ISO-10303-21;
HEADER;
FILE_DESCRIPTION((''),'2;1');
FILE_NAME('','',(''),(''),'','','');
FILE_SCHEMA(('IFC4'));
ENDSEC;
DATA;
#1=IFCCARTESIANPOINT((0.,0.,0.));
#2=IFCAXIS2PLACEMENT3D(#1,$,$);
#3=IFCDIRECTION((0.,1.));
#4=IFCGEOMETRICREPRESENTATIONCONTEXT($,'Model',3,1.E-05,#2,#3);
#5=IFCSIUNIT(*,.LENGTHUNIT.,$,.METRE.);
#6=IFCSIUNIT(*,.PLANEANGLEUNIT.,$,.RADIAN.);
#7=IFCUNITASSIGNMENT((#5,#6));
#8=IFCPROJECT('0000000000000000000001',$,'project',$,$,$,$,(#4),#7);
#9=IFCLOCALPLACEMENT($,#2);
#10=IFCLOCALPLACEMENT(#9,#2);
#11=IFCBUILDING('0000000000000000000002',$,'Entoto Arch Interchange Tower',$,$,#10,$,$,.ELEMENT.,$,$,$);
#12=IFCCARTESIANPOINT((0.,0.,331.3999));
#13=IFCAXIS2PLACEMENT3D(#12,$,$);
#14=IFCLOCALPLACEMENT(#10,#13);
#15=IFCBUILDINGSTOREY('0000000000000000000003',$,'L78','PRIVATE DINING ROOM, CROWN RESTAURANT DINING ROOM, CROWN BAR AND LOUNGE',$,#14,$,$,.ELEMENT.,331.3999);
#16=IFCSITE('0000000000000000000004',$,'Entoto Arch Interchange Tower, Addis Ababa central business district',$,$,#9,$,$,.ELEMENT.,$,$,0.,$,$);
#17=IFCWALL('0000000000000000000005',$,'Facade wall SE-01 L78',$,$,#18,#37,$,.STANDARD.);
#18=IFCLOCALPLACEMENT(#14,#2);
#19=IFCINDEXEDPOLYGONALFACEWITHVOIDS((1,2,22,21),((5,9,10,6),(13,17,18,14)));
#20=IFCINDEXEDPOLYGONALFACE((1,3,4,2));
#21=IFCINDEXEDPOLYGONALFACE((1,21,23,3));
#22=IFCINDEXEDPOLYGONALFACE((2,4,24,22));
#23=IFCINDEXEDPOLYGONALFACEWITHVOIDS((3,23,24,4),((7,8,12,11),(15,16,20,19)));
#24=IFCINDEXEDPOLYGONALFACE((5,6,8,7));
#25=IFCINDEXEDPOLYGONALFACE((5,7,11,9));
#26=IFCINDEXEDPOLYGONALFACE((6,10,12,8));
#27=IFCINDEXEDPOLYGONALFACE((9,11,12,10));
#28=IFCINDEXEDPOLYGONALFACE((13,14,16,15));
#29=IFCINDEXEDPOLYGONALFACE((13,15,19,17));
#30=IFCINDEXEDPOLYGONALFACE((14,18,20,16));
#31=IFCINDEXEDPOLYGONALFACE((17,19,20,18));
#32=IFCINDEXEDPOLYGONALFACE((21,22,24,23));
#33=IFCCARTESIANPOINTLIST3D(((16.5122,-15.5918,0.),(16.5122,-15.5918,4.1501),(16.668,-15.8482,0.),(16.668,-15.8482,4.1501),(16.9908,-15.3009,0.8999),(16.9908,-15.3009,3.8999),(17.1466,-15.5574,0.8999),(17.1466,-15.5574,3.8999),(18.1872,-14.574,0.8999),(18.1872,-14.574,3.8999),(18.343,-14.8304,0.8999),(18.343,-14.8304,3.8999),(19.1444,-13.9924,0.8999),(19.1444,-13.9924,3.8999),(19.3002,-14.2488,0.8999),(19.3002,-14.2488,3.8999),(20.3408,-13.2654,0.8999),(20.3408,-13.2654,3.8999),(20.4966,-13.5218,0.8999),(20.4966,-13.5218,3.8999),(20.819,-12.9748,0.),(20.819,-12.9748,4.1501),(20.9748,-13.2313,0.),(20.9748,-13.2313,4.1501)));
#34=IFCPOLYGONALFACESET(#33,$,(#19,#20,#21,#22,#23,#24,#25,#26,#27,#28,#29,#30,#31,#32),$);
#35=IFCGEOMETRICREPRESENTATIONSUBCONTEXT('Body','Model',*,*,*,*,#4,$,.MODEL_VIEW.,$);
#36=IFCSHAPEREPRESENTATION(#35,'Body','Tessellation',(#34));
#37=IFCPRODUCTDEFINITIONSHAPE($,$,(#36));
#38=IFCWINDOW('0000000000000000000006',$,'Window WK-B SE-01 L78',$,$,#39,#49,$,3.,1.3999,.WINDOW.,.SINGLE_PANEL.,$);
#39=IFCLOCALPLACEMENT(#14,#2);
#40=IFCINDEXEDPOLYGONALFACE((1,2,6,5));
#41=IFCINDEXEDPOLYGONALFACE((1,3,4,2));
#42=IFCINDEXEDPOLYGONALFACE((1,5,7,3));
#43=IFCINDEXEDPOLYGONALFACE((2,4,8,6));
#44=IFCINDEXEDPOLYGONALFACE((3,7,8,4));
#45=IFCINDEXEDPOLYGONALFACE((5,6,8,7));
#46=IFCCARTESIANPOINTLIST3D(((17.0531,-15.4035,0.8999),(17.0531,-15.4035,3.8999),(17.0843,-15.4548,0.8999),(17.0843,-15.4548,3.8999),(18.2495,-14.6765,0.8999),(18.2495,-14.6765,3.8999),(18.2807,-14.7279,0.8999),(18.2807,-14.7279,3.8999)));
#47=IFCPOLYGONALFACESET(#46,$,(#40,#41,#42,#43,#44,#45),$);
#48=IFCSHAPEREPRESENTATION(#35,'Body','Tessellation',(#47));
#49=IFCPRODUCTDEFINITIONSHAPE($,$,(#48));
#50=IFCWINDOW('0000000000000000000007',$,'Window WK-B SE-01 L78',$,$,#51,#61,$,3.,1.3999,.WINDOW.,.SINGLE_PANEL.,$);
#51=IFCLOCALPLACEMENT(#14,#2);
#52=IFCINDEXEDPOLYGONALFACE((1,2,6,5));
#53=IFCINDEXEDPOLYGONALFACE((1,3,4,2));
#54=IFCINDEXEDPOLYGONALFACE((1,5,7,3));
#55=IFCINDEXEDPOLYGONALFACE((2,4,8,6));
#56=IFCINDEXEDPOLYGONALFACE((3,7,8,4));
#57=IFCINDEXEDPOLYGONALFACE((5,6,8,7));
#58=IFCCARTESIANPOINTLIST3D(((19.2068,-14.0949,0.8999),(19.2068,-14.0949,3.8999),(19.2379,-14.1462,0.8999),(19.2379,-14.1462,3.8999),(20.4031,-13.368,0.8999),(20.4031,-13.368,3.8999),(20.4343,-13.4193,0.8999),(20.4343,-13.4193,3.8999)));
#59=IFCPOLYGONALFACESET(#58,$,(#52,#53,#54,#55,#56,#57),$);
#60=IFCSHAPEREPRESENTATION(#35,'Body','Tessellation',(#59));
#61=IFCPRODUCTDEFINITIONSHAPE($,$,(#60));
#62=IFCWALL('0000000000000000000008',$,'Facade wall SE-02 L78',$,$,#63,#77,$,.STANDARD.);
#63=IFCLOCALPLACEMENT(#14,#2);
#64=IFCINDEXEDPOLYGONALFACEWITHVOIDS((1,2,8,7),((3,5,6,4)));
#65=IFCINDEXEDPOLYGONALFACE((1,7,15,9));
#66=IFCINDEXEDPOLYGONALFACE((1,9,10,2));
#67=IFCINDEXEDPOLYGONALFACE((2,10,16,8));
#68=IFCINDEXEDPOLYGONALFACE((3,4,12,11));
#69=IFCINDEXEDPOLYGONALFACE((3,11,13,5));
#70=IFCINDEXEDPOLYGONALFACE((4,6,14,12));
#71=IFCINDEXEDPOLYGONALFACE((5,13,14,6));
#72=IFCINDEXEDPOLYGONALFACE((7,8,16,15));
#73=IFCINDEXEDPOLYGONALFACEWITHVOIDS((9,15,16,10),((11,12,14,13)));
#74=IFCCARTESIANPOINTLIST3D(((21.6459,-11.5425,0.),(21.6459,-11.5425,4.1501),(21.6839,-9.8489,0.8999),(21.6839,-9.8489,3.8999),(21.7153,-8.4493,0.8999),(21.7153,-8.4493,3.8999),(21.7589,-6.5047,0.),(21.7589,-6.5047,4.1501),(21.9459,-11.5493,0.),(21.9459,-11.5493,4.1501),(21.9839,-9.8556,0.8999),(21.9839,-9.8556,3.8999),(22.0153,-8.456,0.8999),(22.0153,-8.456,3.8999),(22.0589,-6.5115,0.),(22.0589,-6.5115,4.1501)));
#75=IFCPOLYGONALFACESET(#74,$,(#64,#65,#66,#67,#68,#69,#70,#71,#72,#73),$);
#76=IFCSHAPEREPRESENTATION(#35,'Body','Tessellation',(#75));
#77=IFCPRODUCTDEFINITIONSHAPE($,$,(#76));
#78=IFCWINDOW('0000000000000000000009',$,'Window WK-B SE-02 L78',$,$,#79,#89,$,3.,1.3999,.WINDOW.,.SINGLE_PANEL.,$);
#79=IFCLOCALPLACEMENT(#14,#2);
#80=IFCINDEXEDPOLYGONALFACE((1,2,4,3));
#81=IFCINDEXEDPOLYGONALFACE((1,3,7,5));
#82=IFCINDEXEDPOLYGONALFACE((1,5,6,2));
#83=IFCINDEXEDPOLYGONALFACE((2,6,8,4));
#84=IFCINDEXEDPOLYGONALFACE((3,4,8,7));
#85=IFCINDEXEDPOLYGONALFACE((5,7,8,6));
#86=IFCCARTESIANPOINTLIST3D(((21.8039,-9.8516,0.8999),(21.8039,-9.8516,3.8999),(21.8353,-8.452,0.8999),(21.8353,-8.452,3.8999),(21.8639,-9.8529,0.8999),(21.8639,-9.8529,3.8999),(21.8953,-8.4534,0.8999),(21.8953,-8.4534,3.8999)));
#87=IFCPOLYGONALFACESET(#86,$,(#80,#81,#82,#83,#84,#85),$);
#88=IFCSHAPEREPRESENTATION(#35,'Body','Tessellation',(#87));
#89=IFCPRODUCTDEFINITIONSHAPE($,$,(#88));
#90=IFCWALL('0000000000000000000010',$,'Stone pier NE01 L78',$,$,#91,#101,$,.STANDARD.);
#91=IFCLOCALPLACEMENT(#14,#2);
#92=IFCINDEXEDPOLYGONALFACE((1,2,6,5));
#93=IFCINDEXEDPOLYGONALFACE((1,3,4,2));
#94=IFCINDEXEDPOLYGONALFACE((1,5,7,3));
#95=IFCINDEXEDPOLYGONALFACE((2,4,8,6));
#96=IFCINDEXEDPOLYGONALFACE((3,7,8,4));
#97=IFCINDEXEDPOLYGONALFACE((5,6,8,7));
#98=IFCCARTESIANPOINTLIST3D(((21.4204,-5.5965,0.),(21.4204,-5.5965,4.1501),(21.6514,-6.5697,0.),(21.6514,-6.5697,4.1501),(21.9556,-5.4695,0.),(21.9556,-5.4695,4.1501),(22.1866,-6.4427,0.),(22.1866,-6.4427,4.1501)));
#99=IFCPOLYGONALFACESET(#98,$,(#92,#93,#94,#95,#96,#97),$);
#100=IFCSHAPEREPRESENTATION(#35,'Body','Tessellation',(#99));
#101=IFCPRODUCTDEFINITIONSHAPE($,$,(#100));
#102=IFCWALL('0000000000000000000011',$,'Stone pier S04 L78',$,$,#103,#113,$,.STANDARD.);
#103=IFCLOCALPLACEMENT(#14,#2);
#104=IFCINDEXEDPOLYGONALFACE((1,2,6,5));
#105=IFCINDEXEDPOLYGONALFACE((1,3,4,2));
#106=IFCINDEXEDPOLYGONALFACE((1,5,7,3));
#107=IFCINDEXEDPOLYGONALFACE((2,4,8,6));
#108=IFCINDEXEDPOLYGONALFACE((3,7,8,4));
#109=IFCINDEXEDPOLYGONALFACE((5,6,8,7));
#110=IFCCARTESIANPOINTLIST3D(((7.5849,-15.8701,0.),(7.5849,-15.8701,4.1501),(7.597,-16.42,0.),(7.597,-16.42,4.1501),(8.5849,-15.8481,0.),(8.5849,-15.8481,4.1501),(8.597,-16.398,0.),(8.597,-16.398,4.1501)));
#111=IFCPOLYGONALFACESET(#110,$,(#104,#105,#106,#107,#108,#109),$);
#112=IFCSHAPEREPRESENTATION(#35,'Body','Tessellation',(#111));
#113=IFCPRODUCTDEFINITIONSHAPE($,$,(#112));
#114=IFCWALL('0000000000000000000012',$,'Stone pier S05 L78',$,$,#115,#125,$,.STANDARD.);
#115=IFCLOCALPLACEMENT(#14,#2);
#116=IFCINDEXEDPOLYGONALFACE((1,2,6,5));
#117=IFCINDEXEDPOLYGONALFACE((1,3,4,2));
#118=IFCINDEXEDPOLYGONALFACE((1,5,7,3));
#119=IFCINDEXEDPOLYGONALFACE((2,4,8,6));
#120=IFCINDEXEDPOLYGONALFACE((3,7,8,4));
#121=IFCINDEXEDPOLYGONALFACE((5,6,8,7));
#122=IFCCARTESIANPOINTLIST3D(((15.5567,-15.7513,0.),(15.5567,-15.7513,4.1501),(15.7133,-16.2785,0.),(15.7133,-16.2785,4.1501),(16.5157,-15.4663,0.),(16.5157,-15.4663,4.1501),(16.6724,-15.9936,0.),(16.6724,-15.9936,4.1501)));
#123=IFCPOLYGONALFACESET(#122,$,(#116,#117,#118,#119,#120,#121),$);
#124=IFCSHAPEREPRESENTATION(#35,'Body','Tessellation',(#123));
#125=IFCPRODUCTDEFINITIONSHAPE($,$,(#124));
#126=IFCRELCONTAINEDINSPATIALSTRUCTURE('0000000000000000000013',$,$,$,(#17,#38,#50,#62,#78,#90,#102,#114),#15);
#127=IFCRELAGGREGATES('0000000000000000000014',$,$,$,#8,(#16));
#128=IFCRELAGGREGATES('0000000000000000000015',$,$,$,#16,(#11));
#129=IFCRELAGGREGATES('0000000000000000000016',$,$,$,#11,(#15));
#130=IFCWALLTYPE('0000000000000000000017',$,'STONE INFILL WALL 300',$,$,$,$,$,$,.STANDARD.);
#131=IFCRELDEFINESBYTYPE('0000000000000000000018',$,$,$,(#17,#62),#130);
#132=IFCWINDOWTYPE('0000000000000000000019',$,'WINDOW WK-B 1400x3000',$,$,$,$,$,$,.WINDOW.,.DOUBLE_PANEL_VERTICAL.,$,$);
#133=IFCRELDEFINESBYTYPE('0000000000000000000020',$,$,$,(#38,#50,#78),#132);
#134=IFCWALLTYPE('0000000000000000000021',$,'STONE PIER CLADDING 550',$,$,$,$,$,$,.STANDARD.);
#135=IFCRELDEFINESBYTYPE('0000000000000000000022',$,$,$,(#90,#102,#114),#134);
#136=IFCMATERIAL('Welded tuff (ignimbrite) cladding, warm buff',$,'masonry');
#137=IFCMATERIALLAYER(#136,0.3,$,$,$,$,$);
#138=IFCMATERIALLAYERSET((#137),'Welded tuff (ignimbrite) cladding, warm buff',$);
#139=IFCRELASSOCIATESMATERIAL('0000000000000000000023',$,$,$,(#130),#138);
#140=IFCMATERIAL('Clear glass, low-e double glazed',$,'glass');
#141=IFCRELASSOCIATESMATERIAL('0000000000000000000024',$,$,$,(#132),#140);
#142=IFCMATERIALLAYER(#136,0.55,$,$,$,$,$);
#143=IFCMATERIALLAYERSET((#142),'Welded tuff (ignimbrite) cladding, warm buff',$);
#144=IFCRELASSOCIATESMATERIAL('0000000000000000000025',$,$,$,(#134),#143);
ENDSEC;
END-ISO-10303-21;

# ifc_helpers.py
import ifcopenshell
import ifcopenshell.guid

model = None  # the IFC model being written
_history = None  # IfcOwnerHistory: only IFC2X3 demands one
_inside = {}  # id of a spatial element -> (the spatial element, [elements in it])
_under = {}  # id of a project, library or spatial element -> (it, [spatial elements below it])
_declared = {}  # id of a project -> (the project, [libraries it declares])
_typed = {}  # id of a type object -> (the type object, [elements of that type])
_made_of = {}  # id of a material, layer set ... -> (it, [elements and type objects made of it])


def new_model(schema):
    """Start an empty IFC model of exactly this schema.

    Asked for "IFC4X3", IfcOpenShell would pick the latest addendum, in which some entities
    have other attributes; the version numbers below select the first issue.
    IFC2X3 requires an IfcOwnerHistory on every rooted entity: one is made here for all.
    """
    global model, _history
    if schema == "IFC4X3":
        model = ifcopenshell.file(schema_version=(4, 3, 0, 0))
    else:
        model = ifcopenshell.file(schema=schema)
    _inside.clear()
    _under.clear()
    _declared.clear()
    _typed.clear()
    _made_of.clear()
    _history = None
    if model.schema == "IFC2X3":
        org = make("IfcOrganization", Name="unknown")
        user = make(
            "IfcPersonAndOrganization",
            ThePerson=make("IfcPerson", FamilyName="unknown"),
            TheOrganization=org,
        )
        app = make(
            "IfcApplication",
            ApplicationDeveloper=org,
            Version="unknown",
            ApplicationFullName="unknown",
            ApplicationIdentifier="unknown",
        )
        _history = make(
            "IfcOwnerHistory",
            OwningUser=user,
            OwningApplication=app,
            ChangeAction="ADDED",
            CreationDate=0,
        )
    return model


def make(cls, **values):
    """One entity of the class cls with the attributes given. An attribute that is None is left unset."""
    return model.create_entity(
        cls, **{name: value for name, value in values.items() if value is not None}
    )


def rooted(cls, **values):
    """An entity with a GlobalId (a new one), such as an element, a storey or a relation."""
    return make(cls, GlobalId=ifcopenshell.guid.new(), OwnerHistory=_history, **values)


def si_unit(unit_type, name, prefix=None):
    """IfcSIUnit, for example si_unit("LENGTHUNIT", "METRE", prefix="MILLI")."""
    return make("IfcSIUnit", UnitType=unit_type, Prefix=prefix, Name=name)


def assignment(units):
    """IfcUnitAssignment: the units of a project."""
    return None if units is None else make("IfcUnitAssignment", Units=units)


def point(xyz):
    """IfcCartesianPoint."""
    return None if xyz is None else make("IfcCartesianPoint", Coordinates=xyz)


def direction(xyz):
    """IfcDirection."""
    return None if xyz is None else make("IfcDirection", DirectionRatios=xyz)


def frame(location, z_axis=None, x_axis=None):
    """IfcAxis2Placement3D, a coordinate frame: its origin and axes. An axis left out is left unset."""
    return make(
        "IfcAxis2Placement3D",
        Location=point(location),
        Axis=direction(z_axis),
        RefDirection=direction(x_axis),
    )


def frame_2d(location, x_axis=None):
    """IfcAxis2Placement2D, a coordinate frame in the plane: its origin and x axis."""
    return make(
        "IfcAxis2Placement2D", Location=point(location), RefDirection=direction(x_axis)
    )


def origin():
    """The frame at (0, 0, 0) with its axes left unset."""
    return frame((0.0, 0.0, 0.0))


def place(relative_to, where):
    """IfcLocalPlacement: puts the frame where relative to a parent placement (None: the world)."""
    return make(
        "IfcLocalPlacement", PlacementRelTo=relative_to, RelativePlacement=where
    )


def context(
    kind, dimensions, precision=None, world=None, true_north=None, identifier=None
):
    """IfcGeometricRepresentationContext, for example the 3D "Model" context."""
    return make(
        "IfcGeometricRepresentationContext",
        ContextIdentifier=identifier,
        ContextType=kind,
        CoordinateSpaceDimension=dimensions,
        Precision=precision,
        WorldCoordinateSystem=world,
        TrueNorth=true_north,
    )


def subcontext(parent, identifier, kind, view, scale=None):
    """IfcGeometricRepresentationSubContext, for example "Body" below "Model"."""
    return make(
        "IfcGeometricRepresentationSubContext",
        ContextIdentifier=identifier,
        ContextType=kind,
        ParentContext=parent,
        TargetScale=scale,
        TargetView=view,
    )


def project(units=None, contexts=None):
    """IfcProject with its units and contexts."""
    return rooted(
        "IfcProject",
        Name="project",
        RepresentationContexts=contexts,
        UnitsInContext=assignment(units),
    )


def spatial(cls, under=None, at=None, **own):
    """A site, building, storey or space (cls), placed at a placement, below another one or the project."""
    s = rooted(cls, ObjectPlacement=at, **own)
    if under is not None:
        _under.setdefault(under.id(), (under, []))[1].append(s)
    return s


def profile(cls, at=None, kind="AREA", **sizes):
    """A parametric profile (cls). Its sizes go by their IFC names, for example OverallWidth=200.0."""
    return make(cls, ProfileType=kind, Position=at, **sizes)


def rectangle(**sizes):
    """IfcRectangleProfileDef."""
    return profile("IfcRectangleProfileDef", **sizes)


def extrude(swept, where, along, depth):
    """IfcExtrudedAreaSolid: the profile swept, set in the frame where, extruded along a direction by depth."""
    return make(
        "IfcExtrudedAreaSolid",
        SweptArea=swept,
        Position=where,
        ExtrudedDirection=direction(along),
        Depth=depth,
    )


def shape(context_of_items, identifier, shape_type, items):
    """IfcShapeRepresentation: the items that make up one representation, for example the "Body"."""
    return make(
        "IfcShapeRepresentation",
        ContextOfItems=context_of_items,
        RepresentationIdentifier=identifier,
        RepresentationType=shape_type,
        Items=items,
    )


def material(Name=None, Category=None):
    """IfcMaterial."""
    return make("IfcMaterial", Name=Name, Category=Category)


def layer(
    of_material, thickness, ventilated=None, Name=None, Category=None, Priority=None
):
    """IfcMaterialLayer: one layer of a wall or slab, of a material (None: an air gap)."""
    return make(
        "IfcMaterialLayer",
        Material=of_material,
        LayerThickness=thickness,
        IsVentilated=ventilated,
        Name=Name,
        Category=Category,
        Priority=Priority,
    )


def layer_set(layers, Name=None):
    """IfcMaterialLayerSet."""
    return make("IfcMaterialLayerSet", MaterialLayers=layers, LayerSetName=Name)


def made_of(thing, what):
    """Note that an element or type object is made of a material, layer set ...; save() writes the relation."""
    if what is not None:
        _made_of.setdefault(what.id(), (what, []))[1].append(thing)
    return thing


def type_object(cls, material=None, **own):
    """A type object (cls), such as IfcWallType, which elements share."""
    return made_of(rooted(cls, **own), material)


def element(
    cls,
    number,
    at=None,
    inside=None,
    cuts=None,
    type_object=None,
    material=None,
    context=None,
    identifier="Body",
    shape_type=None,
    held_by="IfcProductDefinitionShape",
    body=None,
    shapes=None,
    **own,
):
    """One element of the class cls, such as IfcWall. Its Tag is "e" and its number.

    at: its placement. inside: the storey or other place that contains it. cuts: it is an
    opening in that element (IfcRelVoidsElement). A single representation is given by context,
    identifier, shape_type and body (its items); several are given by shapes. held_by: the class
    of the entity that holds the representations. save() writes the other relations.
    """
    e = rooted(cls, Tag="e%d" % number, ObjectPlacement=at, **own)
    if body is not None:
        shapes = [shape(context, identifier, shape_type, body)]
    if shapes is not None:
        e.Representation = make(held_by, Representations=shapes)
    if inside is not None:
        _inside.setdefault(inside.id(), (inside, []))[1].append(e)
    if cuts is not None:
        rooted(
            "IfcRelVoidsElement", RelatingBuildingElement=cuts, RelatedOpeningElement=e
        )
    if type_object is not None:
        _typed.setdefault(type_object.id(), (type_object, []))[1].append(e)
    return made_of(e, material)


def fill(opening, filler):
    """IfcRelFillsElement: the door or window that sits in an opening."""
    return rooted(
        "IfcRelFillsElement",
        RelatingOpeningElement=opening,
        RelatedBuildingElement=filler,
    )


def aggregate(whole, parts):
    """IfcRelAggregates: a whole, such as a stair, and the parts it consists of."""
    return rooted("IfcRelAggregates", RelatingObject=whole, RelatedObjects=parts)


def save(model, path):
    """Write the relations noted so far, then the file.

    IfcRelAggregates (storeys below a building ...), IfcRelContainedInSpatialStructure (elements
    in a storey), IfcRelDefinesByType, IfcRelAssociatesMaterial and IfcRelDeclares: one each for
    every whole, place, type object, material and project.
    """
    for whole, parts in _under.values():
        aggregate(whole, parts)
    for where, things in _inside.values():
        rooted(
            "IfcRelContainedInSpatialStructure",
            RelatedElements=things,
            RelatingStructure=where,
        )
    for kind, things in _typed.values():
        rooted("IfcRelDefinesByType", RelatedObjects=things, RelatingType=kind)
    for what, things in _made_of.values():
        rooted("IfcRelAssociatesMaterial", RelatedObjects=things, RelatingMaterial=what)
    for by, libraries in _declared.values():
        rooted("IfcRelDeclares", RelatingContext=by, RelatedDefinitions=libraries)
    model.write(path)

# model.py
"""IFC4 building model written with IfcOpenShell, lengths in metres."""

from ifc_helpers import new_model, si_unit, direction, frame, frame_2d, origin, place, context, subcontext, project, spatial, rectangle, extrude, material, layer, layer_set, type_object, element, fill, save


model = new_model("IFC4")

# Units and contexts
model_context = context("Model", 3, precision=1e-05, world=origin(), true_north=direction((0.0, 1.0)))
body_context = subcontext(model_context, "Body", "Model", "MODEL_VIEW")
ifc_project = project(units=[si_unit("LENGTHUNIT", "METRE"), si_unit("PLANEANGLEUNIT", "RADIAN")], contexts=[model_context])

# Site, building, storey
site_placement = place(None, origin())
site = spatial("IfcSite", under=ifc_project, at=site_placement, Name="Entoto Arch Interchange Tower, Addis Ababa central business district", CompositionType="ELEMENT", RefElevation=0.0)
building_placement = place(site_placement, origin())
building = spatial("IfcBuilding", under=site, at=building_placement, Name="Entoto Arch Interchange Tower", CompositionType="ELEMENT")
storey_placement = place(building_placement, frame((0.0, 0.0, 331.3999)))
storey = spatial("IfcBuildingStorey", under=building, at=storey_placement, Name="L78", Description="PRIVATE DINING ROOM, CROWN RESTAURANT DINING ROOM, CROWN BAR AND LOUNGE", CompositionType="ELEMENT", Elevation=331.3999)

# Wall, openings, windows
ifc_material_1 = material(Name="Welded tuff (ignimbrite) cladding, warm buff", Category="masonry")
ifc_layer_1 = layer(ifc_material_1, 0.3)
ifc_layer_set_1 = layer_set([ifc_layer_1], Name="Welded tuff (ignimbrite) cladding, warm buff")
wall_type_1 = type_object("IfcWallType", Name="STONE INFILL WALL 300", PredefinedType="STANDARD", material=ifc_layer_set_1)
ifc_material_2 = material(Name="Clear glass, low-e double glazed", Category="glass")
wall_1_placement = place(storey_placement, frame((16.5901, -15.72, 0.0), z_axis=(0.0, 0.0, 1.0), x_axis=(0.854607, 0.519275, 0.0)))
wall_1 = element("IfcWall", 1, at=wall_1_placement, inside=storey, type_object=wall_type_1, Name="Facade wall SE-01 L78", PredefinedType="STANDARD", context=body_context, shape_type="SweptSolid", body=[
    extrude(rectangle(XDim=5.0396, YDim=0.3, at=frame_2d((2.5198, 0.0))), origin(), (0.0, 0.0, 1.0), 4.1501),
])
opening_1_placement = place(wall_1_placement, frame((0.5601, 0.0, 0.8999)))
opening_1 = element("IfcOpeningElement", 2, at=opening_1_placement, cuts=wall_1, PredefinedType="OPENING", context=body_context, shape_type="SweptSolid", body=[
    extrude(rectangle(XDim=1.3999, YDim=3.0, at=frame_2d((0.7, 1.5))), frame((0.0, 0.1602, 0.0), z_axis=(0.0, -1.0, 0.0), x_axis=(1.0, 0.0, 0.0)), (0.0, 0.0, 1.0), 0.3201),
])
opening_2_placement = place(wall_1_placement, frame((3.0801, 0.0, 0.8999)))
opening_2 = element("IfcOpeningElement", 3, at=opening_2_placement, cuts=wall_1, PredefinedType="OPENING", context=body_context, shape_type="SweptSolid", body=[
    extrude(rectangle(XDim=1.3999, YDim=3.0, at=frame_2d((0.7, 1.5))), frame((0.0, 0.1602, 0.0), z_axis=(0.0, -1.0, 0.0), x_axis=(1.0, 0.0, 0.0)), (0.0, 0.0, 1.0), 0.3201),
])
window_type_1 = type_object("IfcWindowType", Name="WINDOW WK-B 1400x3000", PartitioningType="DOUBLE_PANEL_VERTICAL", PredefinedType="WINDOW", material=ifc_material_2)
window_1_placement = place(opening_1_placement, origin())
window_1 = element("IfcWindow", 4, at=window_1_placement, inside=storey, type_object=window_type_1, Name="Window WK-B SE-01 L78", OverallHeight=3.0, OverallWidth=1.3999, PartitioningType="SINGLE_PANEL", PredefinedType="WINDOW", context=body_context, shape_type="SweptSolid", body=[
    extrude(rectangle(XDim=1.3999, YDim=3.0, at=frame_2d((0.7, 1.5))), frame((0.0, 0.03, 0.0), z_axis=(0.0, -1.0, 0.0), x_axis=(1.0, 0.0, 0.0)), (0.0, 0.0, 1.0), 0.0601),
])
fill(opening_1, window_1)
window_2_placement = place(opening_2_placement, origin())
window_2 = element("IfcWindow", 5, at=window_2_placement, inside=storey, type_object=window_type_1, Name="Window WK-B SE-01 L78", OverallHeight=3.0, OverallWidth=1.3999, PartitioningType="SINGLE_PANEL", PredefinedType="WINDOW", context=body_context, shape_type="SweptSolid", body=[
    extrude(rectangle(XDim=1.3999, YDim=3.0, at=frame_2d((0.7, 1.5))), frame((0.0, 0.03, 0.0), z_axis=(0.0, -1.0, 0.0), x_axis=(1.0, 0.0, 0.0)), (0.0, 0.0, 1.0), 0.0601),
])
fill(opening_2, window_2)

# Wall, opening, window
wall_2_placement = place(storey_placement, frame((21.7959, -11.5459, 0.0), z_axis=(0.0, 0.0, 1.0), x_axis=(0.022432, 0.999748, 0.0)))
wall_2 = element("IfcWall", 6, at=wall_2_placement, inside=storey, type_object=wall_type_1, Name="Facade wall SE-02 L78", PredefinedType="STANDARD", context=body_context, shape_type="SweptSolid", body=[
    extrude(rectangle(XDim=5.0391, YDim=0.3, at=frame_2d((2.5195, 0.0))), origin(), (0.0, 0.0, 1.0), 4.1501),
])
opening_3_placement = place(wall_2_placement, frame((1.6941, 0.0, 0.8999)))
opening_3 = element("IfcOpeningElement", 7, at=opening_3_placement, cuts=wall_2, PredefinedType="OPENING", context=body_context, shape_type="SweptSolid", body=[
    extrude(rectangle(XDim=1.3999, YDim=3.0, at=frame_2d((0.7, 1.5))), frame((0.0, 0.1602, 0.0), z_axis=(0.0, -1.0, 0.0), x_axis=(1.0, 0.0, 0.0)), (0.0, 0.0, 1.0), 0.3201),
])
window_3_placement = place(opening_3_placement, origin())
window_3 = element("IfcWindow", 8, at=window_3_placement, inside=storey, type_object=window_type_1, Name="Window WK-B SE-02 L78", OverallHeight=3.0, OverallWidth=1.3999, PartitioningType="SINGLE_PANEL", PredefinedType="WINDOW", context=body_context, shape_type="SweptSolid", body=[
    extrude(rectangle(XDim=1.3999, YDim=3.0, at=frame_2d((0.7, 1.5))), frame((0.0, 0.03, 0.0), z_axis=(0.0, -1.0, 0.0), x_axis=(1.0, 0.0, 0.0)), (0.0, 0.0, 1.0), 0.0601),
])
fill(opening_3, window_3)

# Walls
ifc_layer_2 = layer(ifc_material_1, 0.55)
ifc_layer_set_2 = layer_set([ifc_layer_2], Name="Welded tuff (ignimbrite) cladding, warm buff")
wall_type_2 = type_object("IfcWallType", Name="STONE PIER CLADDING 550", PredefinedType="STANDARD", material=ifc_layer_set_2)
for number, where, z_axis, x_axis, name in (
    (9, (21.9189, -6.5061, 0.0), (0.0, 0.0, 1.0), (-0.230916, 0.972974, 0.0), "Stone pier NE01 L78"),
    (10, (7.5911, -16.145, 0.0), (0.0, 0.0, 1.0), (0.999759, 0.021967, 0.0), "Stone pier S04 L78"),
):
    element("IfcWall", number, at=place(storey_placement, frame(where, z_axis=z_axis, x_axis=x_axis)), inside=storey, type_object=wall_type_2, Name=name, PredefinedType="STANDARD", context=body_context, shape_type="SweptSolid", body=[
        extrude(rectangle(XDim=1.0002, YDim=0.55, at=frame_2d((0.5, 0.0))), origin(), (0.0, 0.0, 1.0), 4.1501),
    ])
wall_3_placement = place(storey_placement, frame((15.635, -16.0149, 0.0), z_axis=(0.0, 0.0, 1.0), x_axis=(0.958589, 0.284795, 0.0)))
element("IfcWall", 11, at=wall_3_placement, inside=storey, type_object=wall_type_2, Name="Stone pier S05 L78", PredefinedType="STANDARD", context=body_context, shape_type="SweptSolid", body=[
    extrude(rectangle(XDim=1.0005, YDim=0.55, at=frame_2d((0.5002, 0.0))), origin(), (0.0, 0.0, 1.0), 4.1501),
])

save(model, "model.ifc")
